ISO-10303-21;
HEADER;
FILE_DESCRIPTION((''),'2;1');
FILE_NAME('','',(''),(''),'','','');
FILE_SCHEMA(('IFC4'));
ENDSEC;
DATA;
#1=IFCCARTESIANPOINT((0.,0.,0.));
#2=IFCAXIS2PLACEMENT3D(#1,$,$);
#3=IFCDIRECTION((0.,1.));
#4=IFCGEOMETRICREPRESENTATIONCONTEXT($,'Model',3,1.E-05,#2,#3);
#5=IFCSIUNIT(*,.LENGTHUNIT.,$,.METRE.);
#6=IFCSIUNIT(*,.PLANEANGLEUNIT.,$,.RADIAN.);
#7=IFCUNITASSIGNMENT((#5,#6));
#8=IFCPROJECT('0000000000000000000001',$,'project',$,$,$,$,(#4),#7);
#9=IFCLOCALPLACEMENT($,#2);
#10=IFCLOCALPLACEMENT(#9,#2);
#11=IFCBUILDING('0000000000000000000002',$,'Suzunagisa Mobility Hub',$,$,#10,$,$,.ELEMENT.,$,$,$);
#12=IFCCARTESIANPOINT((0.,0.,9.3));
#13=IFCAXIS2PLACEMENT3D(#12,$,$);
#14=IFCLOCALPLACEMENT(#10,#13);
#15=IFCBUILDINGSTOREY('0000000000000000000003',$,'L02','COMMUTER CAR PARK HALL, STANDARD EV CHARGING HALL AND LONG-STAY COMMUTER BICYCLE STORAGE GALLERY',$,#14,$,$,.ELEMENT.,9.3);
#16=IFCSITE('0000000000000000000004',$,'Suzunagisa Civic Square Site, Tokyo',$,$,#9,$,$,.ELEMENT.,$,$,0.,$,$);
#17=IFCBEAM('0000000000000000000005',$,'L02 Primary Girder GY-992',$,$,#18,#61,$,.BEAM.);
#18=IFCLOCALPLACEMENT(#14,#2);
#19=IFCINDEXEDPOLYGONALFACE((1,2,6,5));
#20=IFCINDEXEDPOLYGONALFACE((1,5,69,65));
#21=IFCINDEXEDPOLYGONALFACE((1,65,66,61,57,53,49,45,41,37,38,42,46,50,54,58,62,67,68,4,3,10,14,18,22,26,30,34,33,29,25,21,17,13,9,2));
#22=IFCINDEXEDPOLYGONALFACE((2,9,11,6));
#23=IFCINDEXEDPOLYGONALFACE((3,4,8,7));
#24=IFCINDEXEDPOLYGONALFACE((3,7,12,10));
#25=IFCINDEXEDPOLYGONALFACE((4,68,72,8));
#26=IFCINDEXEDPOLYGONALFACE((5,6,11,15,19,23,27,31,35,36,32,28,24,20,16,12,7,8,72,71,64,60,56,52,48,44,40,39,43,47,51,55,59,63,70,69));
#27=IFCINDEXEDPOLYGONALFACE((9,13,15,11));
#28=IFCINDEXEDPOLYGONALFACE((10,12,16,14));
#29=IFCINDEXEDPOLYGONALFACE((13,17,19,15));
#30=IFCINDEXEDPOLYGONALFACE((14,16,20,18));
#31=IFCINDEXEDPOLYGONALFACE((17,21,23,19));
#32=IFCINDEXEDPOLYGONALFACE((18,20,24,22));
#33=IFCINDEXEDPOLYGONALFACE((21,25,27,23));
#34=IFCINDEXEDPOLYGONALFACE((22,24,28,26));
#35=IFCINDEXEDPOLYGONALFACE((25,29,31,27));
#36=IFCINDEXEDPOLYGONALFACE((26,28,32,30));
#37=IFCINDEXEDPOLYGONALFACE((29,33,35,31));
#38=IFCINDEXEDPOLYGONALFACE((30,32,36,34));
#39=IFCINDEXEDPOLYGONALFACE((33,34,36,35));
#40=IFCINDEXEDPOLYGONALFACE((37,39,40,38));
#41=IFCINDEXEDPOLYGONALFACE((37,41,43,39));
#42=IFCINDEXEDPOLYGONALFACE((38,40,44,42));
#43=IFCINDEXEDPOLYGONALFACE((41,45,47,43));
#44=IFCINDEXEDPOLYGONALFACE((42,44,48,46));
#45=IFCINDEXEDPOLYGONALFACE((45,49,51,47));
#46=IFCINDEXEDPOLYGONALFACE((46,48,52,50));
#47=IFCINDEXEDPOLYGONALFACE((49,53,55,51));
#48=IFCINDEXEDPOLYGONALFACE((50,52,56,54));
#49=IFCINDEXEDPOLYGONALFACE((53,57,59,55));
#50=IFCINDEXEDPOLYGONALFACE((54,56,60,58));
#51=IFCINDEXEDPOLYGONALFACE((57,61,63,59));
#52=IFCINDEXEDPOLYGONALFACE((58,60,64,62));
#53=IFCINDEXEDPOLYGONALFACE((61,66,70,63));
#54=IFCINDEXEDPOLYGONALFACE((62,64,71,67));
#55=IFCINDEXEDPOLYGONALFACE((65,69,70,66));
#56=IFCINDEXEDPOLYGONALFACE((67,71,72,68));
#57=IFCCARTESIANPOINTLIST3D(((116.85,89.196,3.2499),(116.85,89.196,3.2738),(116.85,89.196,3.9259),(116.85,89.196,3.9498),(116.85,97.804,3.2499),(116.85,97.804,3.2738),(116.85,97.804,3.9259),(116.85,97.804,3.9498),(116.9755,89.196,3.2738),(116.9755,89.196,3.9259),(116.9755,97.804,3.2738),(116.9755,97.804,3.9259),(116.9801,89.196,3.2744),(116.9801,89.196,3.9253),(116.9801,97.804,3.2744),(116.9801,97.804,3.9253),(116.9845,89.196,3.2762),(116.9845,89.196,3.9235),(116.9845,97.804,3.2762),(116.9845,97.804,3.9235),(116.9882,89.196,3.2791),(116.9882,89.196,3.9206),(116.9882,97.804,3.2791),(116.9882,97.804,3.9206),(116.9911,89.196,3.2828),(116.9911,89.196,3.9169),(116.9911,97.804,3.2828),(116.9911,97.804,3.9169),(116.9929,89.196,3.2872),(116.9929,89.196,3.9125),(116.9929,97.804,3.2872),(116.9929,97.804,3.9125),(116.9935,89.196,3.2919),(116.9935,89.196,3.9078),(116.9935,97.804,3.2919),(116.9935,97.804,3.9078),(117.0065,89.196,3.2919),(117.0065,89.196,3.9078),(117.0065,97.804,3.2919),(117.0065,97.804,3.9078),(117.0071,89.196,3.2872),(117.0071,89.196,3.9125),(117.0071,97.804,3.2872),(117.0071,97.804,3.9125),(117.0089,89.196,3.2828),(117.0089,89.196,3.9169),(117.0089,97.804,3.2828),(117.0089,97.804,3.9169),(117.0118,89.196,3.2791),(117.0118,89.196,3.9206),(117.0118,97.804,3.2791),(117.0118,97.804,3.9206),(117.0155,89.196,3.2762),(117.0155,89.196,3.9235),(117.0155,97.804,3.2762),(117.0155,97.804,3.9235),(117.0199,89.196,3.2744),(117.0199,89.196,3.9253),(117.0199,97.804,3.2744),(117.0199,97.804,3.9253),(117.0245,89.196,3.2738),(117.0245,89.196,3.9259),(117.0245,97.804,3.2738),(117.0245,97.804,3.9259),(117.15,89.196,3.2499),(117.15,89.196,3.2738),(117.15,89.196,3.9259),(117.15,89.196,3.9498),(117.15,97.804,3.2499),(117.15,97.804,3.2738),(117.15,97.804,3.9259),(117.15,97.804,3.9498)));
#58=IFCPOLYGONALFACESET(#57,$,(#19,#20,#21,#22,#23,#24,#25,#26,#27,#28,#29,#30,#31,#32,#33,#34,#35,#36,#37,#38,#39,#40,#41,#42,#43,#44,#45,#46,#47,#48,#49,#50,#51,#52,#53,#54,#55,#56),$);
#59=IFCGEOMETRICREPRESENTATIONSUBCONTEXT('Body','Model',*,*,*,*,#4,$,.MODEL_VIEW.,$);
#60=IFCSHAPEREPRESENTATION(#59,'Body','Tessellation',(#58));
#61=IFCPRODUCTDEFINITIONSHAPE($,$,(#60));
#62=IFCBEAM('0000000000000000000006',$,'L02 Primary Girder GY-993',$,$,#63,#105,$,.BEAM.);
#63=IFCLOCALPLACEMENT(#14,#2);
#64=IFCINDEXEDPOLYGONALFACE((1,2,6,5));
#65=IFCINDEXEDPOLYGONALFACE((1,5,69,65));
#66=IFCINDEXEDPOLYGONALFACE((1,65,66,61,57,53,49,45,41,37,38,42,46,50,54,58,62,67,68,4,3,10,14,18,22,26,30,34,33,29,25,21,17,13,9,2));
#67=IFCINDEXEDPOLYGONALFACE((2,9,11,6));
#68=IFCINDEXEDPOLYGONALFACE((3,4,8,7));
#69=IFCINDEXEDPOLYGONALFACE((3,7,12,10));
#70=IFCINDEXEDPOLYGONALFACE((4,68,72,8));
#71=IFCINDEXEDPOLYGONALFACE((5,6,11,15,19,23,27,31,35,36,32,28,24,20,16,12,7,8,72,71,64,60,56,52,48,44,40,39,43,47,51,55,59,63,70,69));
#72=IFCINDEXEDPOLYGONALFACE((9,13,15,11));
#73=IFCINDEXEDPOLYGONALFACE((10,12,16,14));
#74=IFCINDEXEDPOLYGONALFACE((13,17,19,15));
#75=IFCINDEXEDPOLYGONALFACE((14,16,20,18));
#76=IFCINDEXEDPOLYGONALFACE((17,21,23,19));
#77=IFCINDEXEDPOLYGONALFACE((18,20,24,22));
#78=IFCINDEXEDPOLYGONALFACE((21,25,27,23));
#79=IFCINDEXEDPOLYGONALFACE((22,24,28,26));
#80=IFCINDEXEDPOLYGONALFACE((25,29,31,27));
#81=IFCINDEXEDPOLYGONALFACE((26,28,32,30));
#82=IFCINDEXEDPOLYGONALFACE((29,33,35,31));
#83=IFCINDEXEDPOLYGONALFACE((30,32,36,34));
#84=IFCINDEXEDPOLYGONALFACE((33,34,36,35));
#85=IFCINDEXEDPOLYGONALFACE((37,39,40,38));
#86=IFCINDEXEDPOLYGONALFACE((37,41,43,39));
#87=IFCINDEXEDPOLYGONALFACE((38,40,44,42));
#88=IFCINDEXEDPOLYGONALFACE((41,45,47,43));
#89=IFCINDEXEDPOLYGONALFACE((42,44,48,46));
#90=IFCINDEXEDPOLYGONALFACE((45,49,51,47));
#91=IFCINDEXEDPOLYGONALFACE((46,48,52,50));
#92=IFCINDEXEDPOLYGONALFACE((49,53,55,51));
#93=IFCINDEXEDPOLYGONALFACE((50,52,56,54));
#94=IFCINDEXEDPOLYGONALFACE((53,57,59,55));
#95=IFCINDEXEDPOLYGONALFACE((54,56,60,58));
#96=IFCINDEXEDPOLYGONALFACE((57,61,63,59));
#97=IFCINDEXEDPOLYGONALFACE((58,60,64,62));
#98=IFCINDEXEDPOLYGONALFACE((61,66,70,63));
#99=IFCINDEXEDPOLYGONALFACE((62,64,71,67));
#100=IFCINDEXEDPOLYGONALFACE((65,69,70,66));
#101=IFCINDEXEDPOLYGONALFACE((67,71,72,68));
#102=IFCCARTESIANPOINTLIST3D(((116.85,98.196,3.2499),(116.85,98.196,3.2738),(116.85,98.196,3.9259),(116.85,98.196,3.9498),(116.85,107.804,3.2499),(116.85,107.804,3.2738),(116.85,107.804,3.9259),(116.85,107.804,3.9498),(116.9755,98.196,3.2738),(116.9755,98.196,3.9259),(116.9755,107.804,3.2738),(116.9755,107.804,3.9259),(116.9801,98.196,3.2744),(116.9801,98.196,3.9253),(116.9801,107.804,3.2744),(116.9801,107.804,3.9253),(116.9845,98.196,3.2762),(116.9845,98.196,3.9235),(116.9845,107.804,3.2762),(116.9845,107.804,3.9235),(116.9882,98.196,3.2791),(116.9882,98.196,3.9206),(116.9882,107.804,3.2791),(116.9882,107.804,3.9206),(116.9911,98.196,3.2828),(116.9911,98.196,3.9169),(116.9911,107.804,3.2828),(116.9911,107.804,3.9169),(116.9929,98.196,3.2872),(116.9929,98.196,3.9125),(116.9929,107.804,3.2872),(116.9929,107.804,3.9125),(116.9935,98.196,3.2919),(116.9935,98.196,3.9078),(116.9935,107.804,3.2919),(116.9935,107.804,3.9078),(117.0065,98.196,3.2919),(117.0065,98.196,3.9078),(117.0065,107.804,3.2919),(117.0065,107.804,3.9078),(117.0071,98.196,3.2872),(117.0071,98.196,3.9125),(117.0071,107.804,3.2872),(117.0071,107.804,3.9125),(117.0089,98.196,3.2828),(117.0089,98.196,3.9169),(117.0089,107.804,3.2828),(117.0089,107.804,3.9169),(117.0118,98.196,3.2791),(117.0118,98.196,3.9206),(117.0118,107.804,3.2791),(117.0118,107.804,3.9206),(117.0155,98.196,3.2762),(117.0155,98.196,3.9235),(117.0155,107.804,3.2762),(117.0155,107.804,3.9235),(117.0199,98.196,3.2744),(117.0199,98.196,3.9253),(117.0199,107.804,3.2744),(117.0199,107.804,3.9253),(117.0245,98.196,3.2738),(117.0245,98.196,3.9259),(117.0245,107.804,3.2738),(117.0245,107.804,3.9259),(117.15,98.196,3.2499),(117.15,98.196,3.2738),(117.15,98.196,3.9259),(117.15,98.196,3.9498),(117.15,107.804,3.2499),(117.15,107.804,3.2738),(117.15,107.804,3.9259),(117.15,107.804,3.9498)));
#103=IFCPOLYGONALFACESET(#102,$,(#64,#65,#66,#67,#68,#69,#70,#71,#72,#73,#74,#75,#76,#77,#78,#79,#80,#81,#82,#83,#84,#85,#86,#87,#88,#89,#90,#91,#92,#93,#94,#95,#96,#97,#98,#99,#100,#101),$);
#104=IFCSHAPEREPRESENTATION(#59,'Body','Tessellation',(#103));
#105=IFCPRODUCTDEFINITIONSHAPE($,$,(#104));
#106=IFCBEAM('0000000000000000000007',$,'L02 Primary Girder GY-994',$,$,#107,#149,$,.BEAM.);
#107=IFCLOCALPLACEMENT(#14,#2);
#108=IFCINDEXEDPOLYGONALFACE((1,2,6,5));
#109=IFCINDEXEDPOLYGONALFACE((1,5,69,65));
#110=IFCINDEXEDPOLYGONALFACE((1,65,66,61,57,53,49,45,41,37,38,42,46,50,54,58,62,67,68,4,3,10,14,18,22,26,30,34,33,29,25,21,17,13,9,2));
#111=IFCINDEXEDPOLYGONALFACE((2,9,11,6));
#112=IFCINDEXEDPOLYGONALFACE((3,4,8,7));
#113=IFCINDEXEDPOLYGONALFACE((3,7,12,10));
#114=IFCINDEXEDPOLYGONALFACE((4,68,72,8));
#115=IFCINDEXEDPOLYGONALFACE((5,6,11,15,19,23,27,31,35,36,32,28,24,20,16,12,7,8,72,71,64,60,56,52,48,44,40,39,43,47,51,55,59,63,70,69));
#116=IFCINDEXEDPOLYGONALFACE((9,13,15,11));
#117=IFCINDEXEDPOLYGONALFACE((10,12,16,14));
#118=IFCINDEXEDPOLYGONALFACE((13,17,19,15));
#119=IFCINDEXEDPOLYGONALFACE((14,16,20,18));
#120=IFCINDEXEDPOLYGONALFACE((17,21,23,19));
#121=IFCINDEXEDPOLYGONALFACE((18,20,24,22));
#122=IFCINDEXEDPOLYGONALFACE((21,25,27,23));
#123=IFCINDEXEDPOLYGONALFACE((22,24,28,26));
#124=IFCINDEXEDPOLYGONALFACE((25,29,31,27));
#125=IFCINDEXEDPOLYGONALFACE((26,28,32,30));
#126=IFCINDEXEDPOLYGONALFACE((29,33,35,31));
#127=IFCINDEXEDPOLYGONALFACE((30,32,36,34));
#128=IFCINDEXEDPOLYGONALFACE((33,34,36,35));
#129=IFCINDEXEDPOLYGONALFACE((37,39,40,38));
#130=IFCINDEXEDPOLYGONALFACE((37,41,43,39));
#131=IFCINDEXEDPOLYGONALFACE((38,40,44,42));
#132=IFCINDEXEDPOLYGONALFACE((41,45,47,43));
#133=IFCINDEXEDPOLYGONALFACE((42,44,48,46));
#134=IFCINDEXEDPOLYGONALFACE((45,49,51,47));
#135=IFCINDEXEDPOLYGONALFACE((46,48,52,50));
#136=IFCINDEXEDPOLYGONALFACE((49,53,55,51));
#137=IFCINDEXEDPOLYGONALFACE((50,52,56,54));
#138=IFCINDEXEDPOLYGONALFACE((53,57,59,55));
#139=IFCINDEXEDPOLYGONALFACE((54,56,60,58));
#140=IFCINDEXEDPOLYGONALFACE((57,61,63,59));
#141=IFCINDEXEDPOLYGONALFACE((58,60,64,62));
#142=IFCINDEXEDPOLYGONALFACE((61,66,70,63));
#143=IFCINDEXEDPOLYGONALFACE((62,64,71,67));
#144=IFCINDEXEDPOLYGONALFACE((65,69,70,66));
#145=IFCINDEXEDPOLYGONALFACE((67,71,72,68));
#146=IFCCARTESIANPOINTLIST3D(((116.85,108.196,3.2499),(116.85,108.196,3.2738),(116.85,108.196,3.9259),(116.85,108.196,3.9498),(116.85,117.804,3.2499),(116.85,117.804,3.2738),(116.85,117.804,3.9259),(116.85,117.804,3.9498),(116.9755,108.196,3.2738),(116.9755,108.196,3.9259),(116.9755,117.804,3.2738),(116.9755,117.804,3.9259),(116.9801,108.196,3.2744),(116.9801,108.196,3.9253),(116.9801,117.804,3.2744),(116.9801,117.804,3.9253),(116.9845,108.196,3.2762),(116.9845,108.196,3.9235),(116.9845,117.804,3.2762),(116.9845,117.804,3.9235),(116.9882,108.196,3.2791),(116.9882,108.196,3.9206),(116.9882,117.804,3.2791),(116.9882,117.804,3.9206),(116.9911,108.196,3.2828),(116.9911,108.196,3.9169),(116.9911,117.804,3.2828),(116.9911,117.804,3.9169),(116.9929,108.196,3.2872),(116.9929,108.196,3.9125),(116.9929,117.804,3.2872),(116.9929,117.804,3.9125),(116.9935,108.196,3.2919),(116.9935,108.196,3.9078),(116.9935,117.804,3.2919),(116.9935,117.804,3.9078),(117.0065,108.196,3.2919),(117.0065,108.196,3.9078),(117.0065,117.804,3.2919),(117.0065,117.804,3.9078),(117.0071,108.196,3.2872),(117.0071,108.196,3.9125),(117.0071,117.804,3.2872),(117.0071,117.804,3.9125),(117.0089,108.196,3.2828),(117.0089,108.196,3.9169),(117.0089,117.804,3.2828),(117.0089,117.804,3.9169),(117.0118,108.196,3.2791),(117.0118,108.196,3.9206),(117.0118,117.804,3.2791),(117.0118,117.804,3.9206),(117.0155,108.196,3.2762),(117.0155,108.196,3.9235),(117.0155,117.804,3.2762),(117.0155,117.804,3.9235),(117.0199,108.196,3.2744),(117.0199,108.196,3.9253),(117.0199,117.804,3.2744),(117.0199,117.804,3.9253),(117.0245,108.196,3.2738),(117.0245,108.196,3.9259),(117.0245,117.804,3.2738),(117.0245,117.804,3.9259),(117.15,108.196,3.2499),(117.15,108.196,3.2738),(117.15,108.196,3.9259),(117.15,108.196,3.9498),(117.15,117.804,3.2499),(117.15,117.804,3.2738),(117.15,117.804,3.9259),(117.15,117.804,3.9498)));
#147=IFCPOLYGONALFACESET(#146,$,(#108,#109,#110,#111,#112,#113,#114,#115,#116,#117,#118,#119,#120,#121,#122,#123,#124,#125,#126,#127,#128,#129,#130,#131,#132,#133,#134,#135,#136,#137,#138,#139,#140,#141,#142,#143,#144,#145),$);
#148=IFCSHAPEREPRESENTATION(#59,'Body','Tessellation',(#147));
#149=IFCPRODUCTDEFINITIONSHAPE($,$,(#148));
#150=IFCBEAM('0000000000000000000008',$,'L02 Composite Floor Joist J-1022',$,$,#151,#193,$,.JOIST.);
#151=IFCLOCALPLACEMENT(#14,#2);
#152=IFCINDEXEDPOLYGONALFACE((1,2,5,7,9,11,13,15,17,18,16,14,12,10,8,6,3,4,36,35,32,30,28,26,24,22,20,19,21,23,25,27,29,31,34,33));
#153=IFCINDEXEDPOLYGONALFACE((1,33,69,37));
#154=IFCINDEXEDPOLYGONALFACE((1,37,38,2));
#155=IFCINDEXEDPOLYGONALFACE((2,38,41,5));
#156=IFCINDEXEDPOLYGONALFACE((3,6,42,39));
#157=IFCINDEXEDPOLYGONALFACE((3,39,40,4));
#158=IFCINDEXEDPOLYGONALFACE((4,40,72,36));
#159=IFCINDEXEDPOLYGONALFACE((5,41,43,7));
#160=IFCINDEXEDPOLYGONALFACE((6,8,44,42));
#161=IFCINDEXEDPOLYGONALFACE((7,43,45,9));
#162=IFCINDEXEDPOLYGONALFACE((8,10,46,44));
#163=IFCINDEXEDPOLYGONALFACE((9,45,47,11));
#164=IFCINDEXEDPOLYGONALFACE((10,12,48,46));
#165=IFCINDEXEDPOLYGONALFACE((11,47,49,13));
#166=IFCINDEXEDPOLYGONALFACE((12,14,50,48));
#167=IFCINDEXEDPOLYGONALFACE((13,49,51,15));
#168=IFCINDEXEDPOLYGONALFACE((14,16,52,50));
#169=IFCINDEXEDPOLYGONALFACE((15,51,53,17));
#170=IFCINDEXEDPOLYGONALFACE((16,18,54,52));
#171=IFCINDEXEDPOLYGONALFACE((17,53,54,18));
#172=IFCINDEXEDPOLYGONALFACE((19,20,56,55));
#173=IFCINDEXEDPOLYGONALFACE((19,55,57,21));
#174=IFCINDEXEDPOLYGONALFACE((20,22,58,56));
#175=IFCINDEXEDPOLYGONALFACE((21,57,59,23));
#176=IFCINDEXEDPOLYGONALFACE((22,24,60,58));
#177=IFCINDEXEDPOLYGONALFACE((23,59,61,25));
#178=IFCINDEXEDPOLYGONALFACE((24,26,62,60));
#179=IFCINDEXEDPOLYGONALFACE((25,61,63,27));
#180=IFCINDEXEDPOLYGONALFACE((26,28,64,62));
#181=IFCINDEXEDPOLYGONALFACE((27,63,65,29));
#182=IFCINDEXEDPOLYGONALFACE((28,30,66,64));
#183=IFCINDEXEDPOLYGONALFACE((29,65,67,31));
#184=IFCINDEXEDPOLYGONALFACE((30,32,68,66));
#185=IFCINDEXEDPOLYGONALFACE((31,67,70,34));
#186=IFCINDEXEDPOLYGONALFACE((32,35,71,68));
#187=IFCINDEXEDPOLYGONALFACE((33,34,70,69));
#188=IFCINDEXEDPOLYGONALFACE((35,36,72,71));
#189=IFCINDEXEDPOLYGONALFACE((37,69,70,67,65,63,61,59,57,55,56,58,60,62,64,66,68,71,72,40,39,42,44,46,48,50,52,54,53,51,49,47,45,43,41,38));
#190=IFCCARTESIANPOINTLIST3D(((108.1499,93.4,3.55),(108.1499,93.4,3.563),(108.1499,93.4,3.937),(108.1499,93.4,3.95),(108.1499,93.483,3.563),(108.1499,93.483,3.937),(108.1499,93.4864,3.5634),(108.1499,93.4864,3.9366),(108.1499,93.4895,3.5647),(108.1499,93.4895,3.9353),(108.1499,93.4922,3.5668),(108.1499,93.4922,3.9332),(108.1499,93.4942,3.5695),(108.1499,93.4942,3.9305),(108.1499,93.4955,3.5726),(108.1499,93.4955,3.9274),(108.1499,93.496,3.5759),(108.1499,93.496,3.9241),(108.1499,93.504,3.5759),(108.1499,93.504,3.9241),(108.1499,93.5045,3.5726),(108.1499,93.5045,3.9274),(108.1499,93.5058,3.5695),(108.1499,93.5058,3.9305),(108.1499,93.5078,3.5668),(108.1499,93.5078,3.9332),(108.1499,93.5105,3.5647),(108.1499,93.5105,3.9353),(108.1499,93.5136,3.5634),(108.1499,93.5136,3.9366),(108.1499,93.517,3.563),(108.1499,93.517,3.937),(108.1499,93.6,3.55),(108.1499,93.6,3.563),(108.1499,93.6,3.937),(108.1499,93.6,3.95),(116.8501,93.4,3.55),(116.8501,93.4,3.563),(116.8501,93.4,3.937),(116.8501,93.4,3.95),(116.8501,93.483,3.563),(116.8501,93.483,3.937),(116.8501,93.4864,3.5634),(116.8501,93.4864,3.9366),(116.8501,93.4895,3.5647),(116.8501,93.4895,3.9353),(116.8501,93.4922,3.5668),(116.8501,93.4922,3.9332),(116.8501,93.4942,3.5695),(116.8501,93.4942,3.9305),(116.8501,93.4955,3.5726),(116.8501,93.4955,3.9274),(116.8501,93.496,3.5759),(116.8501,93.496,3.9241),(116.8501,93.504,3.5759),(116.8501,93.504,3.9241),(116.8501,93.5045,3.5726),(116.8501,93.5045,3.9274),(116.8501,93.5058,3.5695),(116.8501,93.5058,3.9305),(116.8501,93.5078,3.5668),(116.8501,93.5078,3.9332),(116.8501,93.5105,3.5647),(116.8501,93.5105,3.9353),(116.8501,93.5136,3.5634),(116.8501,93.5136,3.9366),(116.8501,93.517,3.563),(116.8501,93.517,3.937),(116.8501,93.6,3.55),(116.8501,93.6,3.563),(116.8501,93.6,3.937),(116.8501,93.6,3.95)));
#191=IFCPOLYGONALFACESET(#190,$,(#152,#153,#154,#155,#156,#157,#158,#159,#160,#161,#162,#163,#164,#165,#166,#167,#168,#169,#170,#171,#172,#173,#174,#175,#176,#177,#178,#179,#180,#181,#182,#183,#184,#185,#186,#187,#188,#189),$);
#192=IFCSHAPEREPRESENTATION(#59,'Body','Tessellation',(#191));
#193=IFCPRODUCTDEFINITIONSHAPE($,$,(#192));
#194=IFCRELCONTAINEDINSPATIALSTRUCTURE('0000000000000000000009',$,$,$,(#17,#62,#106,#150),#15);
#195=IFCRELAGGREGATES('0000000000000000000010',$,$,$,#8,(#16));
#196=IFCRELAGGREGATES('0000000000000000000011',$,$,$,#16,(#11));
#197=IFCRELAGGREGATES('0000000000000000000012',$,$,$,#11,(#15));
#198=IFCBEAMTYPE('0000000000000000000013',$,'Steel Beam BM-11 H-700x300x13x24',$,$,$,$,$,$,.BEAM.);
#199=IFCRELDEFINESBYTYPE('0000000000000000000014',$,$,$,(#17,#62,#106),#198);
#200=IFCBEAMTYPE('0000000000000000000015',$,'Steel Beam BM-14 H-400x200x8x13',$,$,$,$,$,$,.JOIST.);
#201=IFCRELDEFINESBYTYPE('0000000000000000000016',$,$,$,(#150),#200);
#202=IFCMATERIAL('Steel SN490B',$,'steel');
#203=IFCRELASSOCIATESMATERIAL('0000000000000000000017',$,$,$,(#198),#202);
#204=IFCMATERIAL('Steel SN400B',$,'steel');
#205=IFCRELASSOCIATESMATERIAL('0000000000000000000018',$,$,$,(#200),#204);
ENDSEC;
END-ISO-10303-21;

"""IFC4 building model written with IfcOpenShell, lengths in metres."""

from ifc_helpers import new_model, si_unit, direction, frame, origin, origin_2d, place, context, subcontext, project, spatial, i_section, extrude, material, material_profile, profile_set, type_object, element, save


model = new_model("IFC4")

# Units and contexts
model_context = context("Model", 3, precision=1e-05, world=origin(), true_north=direction((0.0, 1.0)))
body_context = subcontext(model_context, "Body", "Model", "MODEL_VIEW")
ifc_project = project(units=[si_unit("LENGTHUNIT", "METRE"), si_unit("PLANEANGLEUNIT", "RADIAN")], contexts=[model_context])

# Site, building, storey
site_placement = place(None, origin())
site = spatial("IfcSite", under=ifc_project, at=site_placement, Name="Suzunagisa Civic Square Site, Tokyo", CompositionType="ELEMENT", RefElevation=0.0)
building_placement = place(site_placement, origin())
building = spatial("IfcBuilding", under=site, at=building_placement, Name="Suzunagisa Mobility Hub", CompositionType="ELEMENT")
storey_placement = place(building_placement, frame((0.0, 0.0, 9.3)))
storey = spatial("IfcBuildingStorey", under=building, at=storey_placement, Name="L02", Description="COMMUTER CAR PARK HALL, STANDARD EV CHARGING HALL AND LONG-STAY COMMUTER BICYCLE STORAGE GALLERY", CompositionType="ELEMENT", Elevation=9.3)

# Shared definitions
ifc_material_1 = material(Name="Steel SN490B", Category="steel")

# Beams
ifc_material_profile_1 = material_profile(ifc_material_1, i_section(OverallWidth=0.3, OverallDepth=0.7, WebThickness=0.0129, FlangeThickness=0.0239, FilletRadius=0.0181, at=origin_2d()), Name="H-700x300x13x24")
ifc_profile_set_1 = profile_set([ifc_material_profile_1], Name="Steel SN490B")
beam_type_1 = type_object("IfcBeamType", Name="Steel Beam BM-11 H-700x300x13x24", PredefinedType="BEAM", material=ifc_profile_set_1)
beam_1_placement = place(storey_placement, frame((117.0, 89.196, 3.5999), z_axis=(0.0, 1.0, 0.0), x_axis=(-1.0, 0.0, 0.0)))
element("IfcBeam", 1, at=beam_1_placement, inside=storey, type_object=beam_type_1, Name="L02 Primary Girder GY-992", PredefinedType="BEAM", context=body_context, shape_type="SweptSolid", body=[
    extrude(i_section(OverallWidth=0.3, OverallDepth=0.7, WebThickness=0.0129, FlangeThickness=0.0239, FilletRadius=0.0181, at=origin_2d()), origin(), (0.0, 0.0, 1.0), 8.6079),
])
for number, where, z_axis, x_axis, name in (
    (2, (117.0, 98.196, 3.5999), (0.0, 1.0, 0.0), (-1.0, 0.0, 0.0), "L02 Primary Girder GY-993"),
    (3, (117.0, 108.196, 3.5999), (0.0, 1.0, 0.0), (-1.0, 0.0, 0.0), "L02 Primary Girder GY-994"),
):
    element("IfcBeam", number, at=place(storey_placement, frame(where, z_axis=z_axis, x_axis=x_axis)), inside=storey, type_object=beam_type_1, Name=name, PredefinedType="BEAM", context=body_context, shape_type="SweptSolid", body=[
        extrude(i_section(OverallWidth=0.3, OverallDepth=0.7, WebThickness=0.0129, FlangeThickness=0.0239, FilletRadius=0.0181, at=origin_2d()), origin(), (0.0, 0.0, 1.0), 9.6079),
    ])
ifc_material_2 = material(Name="Steel SN400B", Category="steel")
ifc_material_profile_2 = material_profile(ifc_material_2, i_section(OverallWidth=0.2, OverallDepth=0.3999, WebThickness=0.0081, FlangeThickness=0.0129, FilletRadius=0.0129, at=origin_2d()), Name="H-400x200x8x13")
ifc_profile_set_2 = profile_set([ifc_material_profile_2], Name="Steel SN400B")
beam_type_2 = type_object("IfcBeamType", Name="Steel Beam BM-14 H-400x200x8x13", PredefinedType="JOIST", material=ifc_profile_set_2)
for number, where, z_axis, x_axis, name in (
    (4, (108.1499, 93.5, 3.75), (1.0, 0.0, 0.0), (0.0, 1.0, 0.0), "L02 Composite Floor Joist J-1022"),
):
    element("IfcBeam", number, at=place(storey_placement, frame(where, z_axis=z_axis, x_axis=x_axis)), inside=storey, type_object=beam_type_2, Name=name, PredefinedType="JOIST", context=body_context, shape_type="SweptSolid", body=[
        extrude(i_section(OverallWidth=0.2, OverallDepth=0.3999, WebThickness=0.0081, FlangeThickness=0.0129, FilletRadius=0.0129, at=origin_2d()), origin(), (0.0, 0.0, 1.0), 8.7002),
    ])

save(model, "model.ifc")
